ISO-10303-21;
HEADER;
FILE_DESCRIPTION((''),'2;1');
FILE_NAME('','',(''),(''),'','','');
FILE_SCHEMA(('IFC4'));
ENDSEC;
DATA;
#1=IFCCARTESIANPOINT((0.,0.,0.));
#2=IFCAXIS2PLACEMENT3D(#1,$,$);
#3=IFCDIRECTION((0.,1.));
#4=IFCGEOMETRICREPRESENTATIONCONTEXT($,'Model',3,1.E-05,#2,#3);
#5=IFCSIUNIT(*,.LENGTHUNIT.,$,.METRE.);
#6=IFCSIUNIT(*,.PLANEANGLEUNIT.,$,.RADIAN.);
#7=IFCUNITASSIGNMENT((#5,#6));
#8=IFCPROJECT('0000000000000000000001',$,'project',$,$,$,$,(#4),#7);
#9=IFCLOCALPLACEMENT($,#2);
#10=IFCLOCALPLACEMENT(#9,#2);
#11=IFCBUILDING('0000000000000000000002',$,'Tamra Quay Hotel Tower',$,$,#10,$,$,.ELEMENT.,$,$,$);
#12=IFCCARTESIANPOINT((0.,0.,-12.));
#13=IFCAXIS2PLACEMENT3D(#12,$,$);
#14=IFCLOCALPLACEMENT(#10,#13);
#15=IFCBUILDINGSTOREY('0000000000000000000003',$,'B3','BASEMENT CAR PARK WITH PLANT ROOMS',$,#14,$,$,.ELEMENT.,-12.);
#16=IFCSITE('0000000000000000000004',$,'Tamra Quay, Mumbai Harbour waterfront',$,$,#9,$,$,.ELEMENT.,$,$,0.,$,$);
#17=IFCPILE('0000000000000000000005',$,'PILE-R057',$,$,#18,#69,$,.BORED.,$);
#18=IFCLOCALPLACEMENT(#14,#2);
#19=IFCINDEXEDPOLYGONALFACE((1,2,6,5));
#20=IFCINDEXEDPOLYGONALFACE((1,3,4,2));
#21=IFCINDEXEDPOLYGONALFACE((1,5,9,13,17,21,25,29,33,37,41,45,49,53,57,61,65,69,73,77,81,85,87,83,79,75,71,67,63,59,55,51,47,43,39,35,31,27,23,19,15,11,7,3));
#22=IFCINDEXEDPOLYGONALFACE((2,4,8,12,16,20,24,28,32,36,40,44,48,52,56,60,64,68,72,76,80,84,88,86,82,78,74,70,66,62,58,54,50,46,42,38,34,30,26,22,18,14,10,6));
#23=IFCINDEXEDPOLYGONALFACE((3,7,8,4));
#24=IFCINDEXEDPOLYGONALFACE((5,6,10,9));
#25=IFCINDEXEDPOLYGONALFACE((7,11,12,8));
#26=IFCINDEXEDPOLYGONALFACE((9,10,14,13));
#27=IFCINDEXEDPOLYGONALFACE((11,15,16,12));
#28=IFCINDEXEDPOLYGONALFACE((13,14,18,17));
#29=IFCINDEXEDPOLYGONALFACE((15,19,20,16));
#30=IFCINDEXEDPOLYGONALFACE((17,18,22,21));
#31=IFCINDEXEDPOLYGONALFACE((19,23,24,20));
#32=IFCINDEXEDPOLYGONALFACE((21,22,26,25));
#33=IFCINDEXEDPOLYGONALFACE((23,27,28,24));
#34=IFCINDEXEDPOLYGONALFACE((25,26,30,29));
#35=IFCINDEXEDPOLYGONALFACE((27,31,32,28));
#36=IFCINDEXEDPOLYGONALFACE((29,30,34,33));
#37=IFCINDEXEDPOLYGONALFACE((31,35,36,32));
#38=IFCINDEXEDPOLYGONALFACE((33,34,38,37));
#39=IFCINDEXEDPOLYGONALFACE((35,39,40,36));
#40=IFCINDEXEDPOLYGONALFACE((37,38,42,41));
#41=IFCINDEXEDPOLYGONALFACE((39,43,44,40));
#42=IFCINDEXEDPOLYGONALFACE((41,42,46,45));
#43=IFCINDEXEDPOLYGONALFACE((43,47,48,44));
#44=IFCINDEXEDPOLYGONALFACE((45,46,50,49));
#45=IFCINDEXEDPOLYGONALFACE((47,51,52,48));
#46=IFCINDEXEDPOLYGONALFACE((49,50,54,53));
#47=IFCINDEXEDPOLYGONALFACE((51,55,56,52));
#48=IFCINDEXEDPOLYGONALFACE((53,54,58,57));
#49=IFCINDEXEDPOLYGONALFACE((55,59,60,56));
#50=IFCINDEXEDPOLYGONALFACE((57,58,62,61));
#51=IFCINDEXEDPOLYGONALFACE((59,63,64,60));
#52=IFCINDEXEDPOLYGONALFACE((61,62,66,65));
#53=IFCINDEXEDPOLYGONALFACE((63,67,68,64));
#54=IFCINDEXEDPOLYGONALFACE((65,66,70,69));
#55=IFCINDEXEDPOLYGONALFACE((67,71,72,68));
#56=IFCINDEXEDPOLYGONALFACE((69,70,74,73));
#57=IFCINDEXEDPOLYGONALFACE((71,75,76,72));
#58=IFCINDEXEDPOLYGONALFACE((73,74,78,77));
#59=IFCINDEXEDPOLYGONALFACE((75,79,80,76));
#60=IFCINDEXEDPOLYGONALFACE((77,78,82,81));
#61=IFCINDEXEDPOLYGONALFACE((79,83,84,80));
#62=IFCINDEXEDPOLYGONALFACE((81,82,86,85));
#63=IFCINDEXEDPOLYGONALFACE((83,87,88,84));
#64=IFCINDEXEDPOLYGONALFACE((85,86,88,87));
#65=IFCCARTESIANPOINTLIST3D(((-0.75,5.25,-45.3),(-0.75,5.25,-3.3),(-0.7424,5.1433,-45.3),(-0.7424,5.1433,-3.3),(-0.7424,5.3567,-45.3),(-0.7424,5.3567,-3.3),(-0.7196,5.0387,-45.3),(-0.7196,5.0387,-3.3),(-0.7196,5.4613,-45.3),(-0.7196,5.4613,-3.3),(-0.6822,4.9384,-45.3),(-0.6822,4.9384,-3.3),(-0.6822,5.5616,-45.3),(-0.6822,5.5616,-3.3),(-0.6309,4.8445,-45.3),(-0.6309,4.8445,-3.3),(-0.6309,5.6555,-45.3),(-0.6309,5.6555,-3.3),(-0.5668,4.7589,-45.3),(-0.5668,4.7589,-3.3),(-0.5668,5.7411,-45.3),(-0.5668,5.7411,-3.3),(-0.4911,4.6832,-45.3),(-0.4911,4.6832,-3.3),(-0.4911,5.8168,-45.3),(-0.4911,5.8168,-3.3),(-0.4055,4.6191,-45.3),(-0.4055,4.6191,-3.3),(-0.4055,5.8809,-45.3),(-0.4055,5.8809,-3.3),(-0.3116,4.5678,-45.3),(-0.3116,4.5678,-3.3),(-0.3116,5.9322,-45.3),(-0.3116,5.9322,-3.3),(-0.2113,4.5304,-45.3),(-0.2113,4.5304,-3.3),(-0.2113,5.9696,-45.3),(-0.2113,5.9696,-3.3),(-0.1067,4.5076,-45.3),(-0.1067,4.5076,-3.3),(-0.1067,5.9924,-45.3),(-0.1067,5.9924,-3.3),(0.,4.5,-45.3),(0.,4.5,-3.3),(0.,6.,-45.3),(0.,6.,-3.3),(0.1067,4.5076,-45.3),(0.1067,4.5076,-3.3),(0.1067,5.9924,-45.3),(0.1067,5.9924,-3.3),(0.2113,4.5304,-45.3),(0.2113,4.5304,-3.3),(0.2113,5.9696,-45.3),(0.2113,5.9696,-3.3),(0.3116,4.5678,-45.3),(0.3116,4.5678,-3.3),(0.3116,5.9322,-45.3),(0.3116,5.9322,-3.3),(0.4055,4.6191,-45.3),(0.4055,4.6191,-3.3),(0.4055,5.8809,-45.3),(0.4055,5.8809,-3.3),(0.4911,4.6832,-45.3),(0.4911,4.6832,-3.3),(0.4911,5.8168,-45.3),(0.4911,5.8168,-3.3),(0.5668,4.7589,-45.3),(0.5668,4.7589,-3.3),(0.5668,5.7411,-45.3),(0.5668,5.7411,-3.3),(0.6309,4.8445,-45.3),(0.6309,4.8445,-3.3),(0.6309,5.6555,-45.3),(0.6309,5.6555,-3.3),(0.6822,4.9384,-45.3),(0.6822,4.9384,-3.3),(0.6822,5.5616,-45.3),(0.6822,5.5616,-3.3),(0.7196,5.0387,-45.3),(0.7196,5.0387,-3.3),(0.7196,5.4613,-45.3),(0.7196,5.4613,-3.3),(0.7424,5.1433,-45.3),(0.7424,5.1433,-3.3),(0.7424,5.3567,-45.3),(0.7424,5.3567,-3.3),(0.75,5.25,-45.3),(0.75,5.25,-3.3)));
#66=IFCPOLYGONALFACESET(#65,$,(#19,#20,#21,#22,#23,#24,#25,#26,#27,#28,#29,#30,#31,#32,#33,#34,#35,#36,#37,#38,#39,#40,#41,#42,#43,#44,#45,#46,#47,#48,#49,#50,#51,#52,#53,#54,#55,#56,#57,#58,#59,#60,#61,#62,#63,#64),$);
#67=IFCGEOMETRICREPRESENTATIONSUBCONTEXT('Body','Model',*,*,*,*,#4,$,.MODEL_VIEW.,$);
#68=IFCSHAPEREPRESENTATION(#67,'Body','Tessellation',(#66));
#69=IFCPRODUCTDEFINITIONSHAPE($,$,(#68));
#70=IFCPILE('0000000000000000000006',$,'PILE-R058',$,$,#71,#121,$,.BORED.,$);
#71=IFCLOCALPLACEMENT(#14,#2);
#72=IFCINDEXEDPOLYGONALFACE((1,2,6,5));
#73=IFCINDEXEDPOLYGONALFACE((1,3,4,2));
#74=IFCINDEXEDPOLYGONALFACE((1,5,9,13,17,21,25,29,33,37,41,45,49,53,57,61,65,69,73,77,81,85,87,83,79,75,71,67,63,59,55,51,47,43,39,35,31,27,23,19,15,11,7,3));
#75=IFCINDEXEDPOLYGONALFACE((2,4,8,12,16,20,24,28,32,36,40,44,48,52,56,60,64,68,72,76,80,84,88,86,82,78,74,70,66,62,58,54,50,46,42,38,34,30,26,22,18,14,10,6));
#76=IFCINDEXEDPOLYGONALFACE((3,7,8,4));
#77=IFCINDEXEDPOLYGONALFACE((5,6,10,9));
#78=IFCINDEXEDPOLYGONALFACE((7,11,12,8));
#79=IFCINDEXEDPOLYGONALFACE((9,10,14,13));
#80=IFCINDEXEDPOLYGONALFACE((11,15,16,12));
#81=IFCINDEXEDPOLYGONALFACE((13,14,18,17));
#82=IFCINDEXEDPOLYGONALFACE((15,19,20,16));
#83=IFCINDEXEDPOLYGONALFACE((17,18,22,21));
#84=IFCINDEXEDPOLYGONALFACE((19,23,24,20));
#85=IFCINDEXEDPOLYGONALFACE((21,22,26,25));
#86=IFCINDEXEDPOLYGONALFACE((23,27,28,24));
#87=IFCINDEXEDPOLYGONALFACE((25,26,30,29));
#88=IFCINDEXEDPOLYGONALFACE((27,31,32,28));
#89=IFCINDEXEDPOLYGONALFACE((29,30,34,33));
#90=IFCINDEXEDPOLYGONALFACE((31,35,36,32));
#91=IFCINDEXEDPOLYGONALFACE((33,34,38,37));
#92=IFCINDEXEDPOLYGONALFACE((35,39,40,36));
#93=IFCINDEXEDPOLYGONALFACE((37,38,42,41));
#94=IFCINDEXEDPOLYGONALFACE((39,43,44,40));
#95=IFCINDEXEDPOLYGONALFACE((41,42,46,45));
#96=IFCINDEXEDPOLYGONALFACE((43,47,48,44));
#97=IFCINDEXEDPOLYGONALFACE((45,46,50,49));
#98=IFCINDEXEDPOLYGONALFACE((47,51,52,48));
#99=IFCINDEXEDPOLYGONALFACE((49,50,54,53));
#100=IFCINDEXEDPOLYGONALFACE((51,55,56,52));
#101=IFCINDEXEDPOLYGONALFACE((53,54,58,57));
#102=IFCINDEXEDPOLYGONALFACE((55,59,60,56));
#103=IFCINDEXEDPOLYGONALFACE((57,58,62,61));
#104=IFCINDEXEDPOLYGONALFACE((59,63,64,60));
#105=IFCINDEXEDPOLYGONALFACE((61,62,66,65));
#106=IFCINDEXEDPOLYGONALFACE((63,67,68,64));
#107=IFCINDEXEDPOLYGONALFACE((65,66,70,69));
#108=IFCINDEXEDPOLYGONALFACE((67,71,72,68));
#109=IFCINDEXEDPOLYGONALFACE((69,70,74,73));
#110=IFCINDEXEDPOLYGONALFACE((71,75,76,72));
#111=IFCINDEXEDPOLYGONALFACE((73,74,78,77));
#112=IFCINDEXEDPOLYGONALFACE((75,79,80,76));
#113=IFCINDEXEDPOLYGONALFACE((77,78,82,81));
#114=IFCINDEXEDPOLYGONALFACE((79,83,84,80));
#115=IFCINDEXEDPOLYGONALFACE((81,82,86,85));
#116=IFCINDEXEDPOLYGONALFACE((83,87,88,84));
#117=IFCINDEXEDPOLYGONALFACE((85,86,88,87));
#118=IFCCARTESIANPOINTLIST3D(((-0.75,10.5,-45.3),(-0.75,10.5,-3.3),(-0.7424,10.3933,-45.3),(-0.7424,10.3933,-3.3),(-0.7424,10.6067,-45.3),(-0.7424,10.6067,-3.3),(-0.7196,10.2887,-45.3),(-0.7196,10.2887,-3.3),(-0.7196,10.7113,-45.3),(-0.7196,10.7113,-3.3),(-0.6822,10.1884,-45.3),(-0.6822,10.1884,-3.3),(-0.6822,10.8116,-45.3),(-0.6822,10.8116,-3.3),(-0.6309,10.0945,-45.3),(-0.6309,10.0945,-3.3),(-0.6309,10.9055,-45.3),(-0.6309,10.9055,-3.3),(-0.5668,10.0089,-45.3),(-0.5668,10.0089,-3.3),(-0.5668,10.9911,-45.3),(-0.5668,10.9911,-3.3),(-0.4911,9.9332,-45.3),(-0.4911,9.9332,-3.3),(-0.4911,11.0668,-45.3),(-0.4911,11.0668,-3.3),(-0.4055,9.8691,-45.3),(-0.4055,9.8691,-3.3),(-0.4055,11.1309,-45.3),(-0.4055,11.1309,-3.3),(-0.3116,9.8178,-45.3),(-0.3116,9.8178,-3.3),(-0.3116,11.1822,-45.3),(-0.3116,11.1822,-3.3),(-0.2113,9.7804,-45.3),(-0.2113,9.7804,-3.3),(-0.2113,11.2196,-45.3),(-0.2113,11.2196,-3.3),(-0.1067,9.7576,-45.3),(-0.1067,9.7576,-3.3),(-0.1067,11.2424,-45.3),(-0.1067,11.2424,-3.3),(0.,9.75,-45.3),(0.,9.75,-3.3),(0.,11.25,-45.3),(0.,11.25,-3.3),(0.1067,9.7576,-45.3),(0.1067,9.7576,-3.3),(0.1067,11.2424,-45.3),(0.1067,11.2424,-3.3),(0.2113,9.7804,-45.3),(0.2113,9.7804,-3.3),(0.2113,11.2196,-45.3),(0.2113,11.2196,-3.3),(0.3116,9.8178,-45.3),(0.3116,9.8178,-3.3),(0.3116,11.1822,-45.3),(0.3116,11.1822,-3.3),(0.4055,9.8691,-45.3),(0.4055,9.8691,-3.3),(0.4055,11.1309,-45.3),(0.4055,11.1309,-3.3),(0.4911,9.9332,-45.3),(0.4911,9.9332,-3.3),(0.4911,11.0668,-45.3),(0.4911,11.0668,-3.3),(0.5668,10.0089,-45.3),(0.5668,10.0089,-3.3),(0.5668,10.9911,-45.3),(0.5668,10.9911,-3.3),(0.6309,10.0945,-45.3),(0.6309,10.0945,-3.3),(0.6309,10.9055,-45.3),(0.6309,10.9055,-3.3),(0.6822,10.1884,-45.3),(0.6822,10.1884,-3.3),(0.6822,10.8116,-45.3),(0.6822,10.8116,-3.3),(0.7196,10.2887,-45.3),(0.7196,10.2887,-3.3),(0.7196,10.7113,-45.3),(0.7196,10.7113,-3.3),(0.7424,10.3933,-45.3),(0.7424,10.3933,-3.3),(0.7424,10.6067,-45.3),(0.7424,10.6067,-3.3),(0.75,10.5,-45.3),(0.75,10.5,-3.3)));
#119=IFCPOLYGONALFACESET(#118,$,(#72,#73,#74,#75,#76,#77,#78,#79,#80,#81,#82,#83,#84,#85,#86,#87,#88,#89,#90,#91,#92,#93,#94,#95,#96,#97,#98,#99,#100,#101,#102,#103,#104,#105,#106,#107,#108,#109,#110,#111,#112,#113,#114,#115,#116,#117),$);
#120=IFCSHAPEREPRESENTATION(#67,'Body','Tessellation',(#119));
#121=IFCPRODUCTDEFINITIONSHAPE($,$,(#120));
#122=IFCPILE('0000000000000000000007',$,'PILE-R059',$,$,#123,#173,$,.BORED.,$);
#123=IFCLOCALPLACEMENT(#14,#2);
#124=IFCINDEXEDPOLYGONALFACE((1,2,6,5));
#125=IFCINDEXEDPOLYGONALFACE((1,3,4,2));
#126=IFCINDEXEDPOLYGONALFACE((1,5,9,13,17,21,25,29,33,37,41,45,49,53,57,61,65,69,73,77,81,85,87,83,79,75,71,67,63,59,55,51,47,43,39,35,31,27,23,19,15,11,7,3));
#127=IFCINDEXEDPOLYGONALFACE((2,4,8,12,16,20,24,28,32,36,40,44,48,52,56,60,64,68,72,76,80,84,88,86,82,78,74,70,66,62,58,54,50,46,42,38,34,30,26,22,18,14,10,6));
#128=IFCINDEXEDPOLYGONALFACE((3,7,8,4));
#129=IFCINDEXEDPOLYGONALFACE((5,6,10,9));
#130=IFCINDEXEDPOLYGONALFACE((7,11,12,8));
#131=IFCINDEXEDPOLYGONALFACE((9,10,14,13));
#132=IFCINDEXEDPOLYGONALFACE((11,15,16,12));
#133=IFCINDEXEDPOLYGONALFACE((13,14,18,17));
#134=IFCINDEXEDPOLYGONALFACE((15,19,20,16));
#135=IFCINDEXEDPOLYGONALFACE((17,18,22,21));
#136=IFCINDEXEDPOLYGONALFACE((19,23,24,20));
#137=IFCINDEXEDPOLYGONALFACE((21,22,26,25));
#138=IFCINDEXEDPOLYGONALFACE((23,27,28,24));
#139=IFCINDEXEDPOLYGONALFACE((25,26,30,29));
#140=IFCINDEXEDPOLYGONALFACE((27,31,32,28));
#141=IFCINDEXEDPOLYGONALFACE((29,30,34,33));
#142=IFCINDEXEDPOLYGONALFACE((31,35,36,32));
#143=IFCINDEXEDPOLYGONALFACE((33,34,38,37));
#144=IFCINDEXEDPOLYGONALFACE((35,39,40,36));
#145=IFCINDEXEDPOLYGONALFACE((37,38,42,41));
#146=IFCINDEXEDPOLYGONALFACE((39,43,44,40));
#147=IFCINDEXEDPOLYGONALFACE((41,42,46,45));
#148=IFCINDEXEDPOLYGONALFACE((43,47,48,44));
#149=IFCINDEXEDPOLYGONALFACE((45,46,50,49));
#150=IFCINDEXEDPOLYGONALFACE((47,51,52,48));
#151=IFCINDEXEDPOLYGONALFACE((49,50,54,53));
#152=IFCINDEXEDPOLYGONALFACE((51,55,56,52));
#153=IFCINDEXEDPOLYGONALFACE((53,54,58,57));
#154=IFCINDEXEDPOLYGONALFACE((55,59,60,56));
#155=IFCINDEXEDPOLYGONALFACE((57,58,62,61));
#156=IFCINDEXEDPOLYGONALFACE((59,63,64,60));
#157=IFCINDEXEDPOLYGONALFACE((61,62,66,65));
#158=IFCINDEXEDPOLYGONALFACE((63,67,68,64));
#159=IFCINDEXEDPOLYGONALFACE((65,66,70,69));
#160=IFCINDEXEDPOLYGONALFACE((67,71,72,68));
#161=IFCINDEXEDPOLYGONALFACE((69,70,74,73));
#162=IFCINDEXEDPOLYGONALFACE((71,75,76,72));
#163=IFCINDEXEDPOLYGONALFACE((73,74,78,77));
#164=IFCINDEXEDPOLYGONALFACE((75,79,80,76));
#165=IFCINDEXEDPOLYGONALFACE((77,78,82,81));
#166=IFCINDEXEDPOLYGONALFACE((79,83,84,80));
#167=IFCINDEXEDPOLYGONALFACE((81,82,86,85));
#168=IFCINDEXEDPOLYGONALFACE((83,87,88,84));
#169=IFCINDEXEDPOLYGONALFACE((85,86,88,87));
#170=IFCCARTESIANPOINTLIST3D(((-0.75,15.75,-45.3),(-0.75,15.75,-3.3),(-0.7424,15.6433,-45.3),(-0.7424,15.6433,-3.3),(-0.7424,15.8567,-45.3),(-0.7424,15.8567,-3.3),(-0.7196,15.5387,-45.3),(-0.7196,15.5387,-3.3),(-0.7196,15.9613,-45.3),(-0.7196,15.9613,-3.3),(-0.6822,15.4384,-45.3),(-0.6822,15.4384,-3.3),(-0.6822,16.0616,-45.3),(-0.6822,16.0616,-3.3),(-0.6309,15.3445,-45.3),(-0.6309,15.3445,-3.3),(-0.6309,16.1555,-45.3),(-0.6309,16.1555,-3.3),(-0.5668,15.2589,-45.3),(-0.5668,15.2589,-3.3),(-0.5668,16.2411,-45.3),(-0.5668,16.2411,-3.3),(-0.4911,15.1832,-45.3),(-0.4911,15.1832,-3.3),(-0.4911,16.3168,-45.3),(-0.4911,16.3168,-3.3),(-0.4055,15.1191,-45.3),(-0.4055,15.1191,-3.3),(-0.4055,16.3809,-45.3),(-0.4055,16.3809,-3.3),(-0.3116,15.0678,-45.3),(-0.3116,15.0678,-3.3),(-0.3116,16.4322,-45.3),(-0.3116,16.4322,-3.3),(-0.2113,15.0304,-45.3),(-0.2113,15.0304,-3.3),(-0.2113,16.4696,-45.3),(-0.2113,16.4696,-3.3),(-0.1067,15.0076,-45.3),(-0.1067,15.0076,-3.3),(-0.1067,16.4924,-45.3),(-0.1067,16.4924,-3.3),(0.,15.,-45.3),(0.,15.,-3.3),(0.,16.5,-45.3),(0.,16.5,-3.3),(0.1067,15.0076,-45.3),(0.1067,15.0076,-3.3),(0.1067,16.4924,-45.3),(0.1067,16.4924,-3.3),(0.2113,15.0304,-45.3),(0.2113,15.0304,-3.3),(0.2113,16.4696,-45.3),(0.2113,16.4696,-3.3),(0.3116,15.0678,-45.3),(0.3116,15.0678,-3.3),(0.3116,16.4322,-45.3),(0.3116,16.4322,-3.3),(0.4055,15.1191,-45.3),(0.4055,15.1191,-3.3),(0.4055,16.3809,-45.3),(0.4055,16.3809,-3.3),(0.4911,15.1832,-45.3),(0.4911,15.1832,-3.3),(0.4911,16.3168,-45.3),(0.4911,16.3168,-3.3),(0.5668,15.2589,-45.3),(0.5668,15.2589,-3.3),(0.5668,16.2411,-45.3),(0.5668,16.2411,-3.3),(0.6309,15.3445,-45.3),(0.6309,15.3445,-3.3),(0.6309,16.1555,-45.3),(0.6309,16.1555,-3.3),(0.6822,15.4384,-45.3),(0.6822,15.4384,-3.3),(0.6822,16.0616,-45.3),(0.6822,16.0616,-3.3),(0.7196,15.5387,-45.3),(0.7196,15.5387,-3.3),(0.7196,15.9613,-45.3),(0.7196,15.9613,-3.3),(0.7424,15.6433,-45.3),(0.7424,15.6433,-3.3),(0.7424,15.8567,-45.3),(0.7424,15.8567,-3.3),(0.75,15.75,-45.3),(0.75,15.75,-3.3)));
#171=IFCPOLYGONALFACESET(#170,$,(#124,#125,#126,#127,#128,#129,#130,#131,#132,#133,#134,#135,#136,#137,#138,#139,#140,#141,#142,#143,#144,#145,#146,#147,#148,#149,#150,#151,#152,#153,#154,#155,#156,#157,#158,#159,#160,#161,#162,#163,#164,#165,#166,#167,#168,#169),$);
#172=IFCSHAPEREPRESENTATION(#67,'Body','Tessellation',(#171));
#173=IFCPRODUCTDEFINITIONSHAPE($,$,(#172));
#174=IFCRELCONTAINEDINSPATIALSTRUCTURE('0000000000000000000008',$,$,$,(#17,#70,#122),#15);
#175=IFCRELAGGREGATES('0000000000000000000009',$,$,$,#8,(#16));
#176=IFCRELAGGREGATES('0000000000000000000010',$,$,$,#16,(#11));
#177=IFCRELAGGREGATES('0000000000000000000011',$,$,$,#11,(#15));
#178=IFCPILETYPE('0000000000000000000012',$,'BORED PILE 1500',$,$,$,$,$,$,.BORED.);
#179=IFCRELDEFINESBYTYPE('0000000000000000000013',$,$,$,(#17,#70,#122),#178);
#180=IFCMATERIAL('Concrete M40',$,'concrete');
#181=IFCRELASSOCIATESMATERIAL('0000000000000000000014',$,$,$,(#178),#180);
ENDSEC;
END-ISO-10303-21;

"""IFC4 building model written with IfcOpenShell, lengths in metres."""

from ifc_helpers import new_model, si_unit, direction, frame, origin, origin_2d, place, context, subcontext, project, spatial, circle, extrude, material, material_profile, profile_set, type_object, element, save


model = new_model("IFC4")

# Units and contexts
model_context = context("Model", 3, precision=1e-05, world=origin(), true_north=direction((0.0, 1.0)))
body_context = subcontext(model_context, "Body", "Model", "MODEL_VIEW")
ifc_project = project(units=[si_unit("LENGTHUNIT", "METRE"), si_unit("PLANEANGLEUNIT", "RADIAN")], contexts=[model_context])

# Site, building, storey
site_placement = place(None, origin())
site = spatial("IfcSite", under=ifc_project, at=site_placement, Name="Tamra Quay, Mumbai Harbour waterfront", CompositionType="ELEMENT", RefElevation=0.0)
building_placement = place(site_placement, origin())
building = spatial("IfcBuilding", under=site, at=building_placement, Name="Tamra Quay Hotel Tower", CompositionType="ELEMENT")
storey_placement = place(building_placement, frame((0.0, 0.0, -12.0)))
storey = spatial("IfcBuildingStorey", under=building, at=storey_placement, Name="B3", Description="BASEMENT CAR PARK WITH PLANT ROOMS", CompositionType="ELEMENT", Elevation=-12.0)

# Piles
ifc_material_1 = material(Name="Concrete M40", Category="concrete")
ifc_material_profile = material_profile(ifc_material_1, circle(Radius=0.75, at=origin_2d()), Name="BORED PILE 1500")
ifc_profile_set = profile_set([ifc_material_profile], Name="Concrete M40")
pile_type = type_object("IfcPileType", Name="BORED PILE 1500", PredefinedType="BORED", material=ifc_profile_set)
for number, where, z_axis, x_axis, name in (
    (1, (0.0, 5.25, -3.3), (0.0, 0.0, -1.0), (1.0, 0.0, 0.0), "PILE-R057"),
    (2, (0.0, 10.5, -3.3), (0.0, 0.0, -1.0), (1.0, 0.0, 0.0), "PILE-R058"),
    (3, (0.0, 15.75, -3.3), (0.0, 0.0, -1.0), (1.0, 0.0, 0.0), "PILE-R059"),
):
    element("IfcPile", number, at=place(storey_placement, frame(where, z_axis=z_axis, x_axis=x_axis)), inside=storey, type_object=pile_type, Name=name, PredefinedType="BORED", context=body_context, shape_type="SweptSolid", body=[
        extrude(circle(Radius=0.75, at=origin_2d()), origin(), (0.0, 0.0, 1.0), 42.0),
    ])

save(model, "model.ifc")
